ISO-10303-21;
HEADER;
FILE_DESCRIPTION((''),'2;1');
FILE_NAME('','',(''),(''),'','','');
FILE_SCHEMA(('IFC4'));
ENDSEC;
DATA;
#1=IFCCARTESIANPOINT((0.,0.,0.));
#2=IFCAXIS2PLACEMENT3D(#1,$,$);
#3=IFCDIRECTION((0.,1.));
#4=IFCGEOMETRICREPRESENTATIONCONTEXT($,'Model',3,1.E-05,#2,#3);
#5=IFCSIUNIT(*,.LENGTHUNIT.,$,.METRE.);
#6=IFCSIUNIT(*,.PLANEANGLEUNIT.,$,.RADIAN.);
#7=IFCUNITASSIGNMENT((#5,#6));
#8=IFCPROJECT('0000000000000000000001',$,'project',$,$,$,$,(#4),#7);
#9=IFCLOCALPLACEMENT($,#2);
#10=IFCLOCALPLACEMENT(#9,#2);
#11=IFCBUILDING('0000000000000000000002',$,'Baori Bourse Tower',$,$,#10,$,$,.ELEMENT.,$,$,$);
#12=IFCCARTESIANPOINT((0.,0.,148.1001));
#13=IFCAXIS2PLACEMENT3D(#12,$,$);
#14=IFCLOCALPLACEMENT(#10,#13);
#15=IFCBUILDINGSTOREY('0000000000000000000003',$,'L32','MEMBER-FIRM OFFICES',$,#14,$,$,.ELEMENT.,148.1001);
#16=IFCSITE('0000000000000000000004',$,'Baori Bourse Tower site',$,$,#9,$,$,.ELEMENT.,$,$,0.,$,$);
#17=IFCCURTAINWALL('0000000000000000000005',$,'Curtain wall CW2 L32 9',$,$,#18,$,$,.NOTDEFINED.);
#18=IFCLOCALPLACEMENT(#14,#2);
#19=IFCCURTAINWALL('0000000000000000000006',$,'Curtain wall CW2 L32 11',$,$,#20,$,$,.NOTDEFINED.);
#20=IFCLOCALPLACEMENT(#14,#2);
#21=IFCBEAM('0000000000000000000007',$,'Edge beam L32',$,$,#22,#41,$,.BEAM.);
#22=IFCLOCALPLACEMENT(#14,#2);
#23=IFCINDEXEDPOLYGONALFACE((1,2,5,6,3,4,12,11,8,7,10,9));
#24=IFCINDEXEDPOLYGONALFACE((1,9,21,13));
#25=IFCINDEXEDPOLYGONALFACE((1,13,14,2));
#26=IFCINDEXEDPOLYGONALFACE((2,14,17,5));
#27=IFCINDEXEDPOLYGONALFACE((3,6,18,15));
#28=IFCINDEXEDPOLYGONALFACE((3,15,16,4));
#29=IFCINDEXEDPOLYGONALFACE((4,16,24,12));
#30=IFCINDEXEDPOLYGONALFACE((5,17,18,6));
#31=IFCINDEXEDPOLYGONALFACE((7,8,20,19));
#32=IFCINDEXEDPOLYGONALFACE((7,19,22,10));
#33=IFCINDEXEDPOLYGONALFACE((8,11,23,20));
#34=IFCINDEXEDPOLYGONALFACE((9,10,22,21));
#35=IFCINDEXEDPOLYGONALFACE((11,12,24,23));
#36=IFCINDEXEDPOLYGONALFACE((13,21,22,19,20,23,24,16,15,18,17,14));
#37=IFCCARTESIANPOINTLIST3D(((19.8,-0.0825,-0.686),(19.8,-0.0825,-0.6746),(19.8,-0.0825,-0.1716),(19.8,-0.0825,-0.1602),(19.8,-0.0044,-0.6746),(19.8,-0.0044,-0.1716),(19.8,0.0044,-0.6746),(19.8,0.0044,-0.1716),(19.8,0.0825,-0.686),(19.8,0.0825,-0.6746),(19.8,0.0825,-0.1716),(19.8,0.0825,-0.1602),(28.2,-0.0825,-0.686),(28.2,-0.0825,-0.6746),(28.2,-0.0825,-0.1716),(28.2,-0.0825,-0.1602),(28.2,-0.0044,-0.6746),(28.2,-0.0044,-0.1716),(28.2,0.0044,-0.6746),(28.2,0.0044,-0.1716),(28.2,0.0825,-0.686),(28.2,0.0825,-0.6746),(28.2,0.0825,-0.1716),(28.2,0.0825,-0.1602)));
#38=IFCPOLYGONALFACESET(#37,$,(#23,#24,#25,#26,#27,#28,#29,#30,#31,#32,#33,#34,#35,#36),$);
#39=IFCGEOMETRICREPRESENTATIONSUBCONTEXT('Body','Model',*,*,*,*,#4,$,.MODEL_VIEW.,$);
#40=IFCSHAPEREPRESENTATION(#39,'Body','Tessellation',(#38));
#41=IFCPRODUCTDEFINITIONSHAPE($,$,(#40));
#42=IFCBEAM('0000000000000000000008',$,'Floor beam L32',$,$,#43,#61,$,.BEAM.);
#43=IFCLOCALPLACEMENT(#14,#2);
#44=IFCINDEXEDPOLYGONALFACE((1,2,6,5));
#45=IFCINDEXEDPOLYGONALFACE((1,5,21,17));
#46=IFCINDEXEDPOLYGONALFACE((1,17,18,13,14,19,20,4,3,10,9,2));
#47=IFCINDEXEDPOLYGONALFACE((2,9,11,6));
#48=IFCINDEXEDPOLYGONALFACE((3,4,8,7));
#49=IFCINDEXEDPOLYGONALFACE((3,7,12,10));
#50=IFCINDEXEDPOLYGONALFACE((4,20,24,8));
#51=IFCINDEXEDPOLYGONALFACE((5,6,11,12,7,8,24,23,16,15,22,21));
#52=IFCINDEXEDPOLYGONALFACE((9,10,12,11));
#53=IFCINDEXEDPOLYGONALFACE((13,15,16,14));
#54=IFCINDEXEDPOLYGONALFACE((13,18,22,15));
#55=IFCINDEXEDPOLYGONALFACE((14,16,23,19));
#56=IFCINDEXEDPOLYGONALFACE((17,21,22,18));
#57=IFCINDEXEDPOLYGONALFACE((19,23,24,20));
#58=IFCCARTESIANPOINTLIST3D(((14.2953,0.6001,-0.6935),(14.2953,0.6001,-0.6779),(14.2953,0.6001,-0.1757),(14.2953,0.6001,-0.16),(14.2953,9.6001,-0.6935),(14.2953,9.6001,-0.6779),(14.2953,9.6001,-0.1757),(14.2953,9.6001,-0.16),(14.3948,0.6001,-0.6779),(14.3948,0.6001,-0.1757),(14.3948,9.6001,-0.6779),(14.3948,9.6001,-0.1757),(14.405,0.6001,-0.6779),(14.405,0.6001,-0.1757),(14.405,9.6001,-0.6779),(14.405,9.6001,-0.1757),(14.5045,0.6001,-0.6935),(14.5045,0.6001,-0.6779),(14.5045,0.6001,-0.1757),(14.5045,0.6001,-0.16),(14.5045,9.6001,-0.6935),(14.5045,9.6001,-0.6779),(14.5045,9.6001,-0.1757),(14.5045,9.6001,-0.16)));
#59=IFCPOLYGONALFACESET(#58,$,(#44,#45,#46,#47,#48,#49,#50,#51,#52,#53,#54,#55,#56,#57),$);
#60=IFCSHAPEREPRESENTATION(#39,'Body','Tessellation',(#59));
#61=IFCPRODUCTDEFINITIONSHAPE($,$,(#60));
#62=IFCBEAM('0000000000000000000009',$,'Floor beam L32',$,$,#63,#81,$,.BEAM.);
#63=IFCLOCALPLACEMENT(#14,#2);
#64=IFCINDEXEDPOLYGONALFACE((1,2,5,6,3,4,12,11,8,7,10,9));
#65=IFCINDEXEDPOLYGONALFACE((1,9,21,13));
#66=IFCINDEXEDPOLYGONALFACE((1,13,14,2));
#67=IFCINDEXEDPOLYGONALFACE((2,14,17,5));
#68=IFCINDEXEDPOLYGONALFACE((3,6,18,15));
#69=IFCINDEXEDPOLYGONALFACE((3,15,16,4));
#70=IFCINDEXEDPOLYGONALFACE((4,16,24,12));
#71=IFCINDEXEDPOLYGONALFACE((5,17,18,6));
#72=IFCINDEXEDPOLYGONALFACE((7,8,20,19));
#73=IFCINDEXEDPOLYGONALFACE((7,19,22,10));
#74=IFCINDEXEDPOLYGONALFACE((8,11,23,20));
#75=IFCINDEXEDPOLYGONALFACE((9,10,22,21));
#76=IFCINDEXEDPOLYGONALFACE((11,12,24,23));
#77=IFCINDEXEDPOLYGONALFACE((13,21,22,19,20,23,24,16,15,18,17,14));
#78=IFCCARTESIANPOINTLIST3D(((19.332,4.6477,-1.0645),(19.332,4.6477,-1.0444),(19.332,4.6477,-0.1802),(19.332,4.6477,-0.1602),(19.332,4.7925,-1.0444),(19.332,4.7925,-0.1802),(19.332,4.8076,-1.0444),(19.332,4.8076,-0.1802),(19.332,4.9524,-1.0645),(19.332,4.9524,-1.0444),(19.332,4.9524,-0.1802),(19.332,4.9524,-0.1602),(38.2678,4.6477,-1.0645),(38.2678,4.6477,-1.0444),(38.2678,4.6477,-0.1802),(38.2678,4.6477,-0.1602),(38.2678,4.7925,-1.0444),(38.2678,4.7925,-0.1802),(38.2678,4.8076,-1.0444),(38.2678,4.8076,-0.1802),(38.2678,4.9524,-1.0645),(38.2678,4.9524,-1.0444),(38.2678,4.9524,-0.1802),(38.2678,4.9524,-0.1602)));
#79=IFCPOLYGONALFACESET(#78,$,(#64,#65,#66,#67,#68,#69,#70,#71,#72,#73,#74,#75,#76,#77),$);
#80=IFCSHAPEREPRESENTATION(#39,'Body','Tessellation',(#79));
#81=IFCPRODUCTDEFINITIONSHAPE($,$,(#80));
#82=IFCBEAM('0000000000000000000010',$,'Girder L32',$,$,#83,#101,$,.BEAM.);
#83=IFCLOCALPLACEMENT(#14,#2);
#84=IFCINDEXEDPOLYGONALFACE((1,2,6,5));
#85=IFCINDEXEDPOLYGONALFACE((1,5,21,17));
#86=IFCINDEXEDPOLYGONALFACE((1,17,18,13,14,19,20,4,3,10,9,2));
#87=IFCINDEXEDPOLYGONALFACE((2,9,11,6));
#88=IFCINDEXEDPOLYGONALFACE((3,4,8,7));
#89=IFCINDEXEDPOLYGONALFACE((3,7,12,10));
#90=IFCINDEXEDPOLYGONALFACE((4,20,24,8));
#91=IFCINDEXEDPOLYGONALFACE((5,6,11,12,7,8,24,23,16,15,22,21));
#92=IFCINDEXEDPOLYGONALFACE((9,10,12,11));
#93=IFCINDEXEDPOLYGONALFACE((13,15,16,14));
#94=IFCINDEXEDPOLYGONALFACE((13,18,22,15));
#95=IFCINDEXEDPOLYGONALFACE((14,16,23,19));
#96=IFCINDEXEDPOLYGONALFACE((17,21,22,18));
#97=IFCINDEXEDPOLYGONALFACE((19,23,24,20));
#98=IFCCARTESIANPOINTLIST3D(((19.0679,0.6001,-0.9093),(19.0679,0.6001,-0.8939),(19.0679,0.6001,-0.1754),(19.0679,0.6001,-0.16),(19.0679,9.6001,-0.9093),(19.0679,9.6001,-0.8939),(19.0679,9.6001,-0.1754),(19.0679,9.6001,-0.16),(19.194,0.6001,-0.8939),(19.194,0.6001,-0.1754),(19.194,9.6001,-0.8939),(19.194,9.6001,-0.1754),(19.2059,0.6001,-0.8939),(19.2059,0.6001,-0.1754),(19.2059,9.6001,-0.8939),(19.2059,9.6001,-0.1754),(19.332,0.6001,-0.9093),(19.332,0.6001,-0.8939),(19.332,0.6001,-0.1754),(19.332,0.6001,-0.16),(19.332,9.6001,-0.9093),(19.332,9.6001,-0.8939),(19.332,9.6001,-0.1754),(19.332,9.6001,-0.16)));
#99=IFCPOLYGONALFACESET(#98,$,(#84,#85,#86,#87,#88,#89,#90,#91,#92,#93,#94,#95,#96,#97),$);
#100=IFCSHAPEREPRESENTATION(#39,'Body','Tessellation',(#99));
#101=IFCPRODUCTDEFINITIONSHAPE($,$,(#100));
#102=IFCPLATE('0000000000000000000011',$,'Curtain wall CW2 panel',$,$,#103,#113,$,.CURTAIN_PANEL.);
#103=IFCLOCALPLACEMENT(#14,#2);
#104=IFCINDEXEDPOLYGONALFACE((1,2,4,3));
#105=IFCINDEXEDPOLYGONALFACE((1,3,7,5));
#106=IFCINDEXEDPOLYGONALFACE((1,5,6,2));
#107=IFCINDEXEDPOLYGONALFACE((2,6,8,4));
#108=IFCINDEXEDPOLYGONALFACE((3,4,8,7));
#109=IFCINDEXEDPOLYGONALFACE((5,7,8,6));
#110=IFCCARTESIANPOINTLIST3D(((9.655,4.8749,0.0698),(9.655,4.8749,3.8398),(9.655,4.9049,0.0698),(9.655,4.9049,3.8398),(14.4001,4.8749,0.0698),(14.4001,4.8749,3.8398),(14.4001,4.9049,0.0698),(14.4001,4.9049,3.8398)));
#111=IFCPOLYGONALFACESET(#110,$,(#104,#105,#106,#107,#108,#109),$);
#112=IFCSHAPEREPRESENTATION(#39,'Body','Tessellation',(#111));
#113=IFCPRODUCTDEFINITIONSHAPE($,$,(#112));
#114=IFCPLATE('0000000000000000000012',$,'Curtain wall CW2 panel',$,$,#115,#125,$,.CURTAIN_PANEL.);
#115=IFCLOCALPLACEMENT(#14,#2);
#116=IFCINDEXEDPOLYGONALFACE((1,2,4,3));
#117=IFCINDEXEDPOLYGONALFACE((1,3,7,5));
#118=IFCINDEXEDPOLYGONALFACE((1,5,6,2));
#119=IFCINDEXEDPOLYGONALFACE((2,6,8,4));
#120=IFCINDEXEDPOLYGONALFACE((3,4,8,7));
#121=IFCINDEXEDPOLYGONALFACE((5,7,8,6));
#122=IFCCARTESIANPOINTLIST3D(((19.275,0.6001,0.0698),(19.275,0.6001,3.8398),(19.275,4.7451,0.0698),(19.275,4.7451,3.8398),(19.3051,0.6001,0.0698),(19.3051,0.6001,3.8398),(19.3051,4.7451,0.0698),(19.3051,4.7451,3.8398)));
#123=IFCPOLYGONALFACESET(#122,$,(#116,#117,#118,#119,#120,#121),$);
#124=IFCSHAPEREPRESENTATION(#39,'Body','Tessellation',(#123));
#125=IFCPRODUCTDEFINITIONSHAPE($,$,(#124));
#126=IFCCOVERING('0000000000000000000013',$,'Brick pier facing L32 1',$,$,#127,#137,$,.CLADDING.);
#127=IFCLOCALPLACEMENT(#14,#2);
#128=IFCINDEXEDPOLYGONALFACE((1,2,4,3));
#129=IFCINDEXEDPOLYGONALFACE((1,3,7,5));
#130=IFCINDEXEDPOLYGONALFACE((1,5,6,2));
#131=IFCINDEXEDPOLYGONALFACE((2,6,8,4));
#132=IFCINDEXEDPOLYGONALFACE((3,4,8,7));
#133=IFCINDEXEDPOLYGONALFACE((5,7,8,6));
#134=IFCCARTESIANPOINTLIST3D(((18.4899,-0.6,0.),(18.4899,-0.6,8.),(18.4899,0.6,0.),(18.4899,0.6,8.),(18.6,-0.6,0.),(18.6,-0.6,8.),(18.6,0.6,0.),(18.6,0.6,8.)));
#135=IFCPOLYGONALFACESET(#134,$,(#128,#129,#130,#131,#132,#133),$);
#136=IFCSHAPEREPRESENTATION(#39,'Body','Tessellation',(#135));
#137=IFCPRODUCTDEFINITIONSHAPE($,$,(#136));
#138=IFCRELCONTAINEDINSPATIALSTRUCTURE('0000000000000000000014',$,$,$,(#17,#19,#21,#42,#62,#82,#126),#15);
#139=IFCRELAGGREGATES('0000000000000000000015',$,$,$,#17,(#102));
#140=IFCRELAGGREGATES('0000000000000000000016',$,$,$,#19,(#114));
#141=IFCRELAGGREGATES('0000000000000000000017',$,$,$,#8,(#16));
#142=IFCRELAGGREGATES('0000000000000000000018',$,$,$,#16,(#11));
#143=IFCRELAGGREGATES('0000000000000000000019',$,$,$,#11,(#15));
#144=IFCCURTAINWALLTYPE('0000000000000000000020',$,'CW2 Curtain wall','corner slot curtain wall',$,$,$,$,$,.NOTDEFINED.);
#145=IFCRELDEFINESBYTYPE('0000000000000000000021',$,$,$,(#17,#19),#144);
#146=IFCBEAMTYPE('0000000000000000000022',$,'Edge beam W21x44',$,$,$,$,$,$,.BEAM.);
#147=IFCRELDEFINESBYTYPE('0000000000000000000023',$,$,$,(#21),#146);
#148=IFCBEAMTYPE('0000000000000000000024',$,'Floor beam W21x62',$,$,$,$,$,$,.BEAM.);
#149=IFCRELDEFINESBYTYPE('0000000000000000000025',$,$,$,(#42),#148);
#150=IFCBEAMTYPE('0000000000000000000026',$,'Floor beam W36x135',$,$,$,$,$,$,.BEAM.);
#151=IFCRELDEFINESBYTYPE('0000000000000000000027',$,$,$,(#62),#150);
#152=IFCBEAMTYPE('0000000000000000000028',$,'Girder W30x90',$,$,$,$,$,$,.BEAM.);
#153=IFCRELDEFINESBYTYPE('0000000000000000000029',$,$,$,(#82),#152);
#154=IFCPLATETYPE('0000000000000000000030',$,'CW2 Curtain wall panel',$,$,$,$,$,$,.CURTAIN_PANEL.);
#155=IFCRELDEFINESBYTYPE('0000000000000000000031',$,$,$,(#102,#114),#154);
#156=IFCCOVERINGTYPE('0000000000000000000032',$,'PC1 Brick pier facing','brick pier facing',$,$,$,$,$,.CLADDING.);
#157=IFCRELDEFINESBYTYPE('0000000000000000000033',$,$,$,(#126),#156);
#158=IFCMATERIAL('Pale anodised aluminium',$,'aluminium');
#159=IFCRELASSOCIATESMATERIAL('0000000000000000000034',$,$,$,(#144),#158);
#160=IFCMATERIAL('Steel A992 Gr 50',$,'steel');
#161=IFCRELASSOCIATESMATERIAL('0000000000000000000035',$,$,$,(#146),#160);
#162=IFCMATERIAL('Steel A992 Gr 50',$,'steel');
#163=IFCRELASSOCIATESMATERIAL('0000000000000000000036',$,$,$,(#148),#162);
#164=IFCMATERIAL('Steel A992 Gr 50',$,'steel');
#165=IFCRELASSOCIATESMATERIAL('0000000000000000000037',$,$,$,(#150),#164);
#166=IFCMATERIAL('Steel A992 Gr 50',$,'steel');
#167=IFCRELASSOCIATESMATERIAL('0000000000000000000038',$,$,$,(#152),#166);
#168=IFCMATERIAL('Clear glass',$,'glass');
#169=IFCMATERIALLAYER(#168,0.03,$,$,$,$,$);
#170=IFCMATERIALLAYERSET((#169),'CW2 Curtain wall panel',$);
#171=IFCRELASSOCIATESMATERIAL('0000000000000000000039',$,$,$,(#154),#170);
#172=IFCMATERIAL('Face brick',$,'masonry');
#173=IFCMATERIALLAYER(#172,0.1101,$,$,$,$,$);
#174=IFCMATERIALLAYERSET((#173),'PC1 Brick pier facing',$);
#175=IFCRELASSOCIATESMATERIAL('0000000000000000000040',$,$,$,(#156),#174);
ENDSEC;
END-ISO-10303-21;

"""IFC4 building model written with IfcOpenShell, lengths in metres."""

from ifc_helpers import new_model, si_unit, direction, frame, origin, origin_2d, place, context, subcontext, project, spatial, rectangle, i_section, extrude, material, layer, layer_set, material_profile, profile_set, type_object, element, aggregate, save


model = new_model("IFC4")

# Units and contexts
model_context = context("Model", 3, precision=1e-05, world=origin(), true_north=direction((0.0, 1.0)))
body_context = subcontext(model_context, "Body", "Model", "MODEL_VIEW")
ifc_project = project(units=[si_unit("LENGTHUNIT", "METRE"), si_unit("PLANEANGLEUNIT", "RADIAN")], contexts=[model_context])

# Site, building, storey
site_placement = place(None, origin())
site = spatial("IfcSite", under=ifc_project, at=site_placement, Name="Baori Bourse Tower site", CompositionType="ELEMENT", RefElevation=0.0)
building_placement = place(site_placement, origin())
building = spatial("IfcBuilding", under=site, at=building_placement, Name="Baori Bourse Tower", CompositionType="ELEMENT")
storey_placement = place(building_placement, frame((0.0, 0.0, 148.1001)))
storey = spatial("IfcBuildingStorey", under=building, at=storey_placement, Name="L32", Description="MEMBER-FIRM OFFICES", CompositionType="ELEMENT", Elevation=148.1001)

# Curtain walls
ifc_material_1 = material(Name="Pale anodised aluminium", Category="aluminium")
curtain_wall_type_1 = type_object("IfcCurtainWallType", Name="CW2 Curtain wall", Description="corner slot curtain wall", PredefinedType="NOTDEFINED", material=ifc_material_1)
curtain_wall_1_placement = place(storey_placement, origin())
curtain_wall_1 = element("IfcCurtainWall", 1, at=curtain_wall_1_placement, inside=storey, type_object=curtain_wall_type_1, Name="Curtain wall CW2 L32 9", PredefinedType="NOTDEFINED")
curtain_wall_2_placement = place(storey_placement, origin())
curtain_wall_2 = element("IfcCurtainWall", 2, at=curtain_wall_2_placement, inside=storey, type_object=curtain_wall_type_1, Name="Curtain wall CW2 L32 11", PredefinedType="NOTDEFINED")

# Beams
ifc_material_2 = material(Name="Steel A992 Gr 50", Category="steel")
ifc_material_profile_1 = material_profile(ifc_material_2, i_section(OverallWidth=0.165, OverallDepth=0.5259, WebThickness=0.0088, FlangeThickness=0.0115, at=origin_2d()), Name="W21x44")
ifc_profile_set_1 = profile_set([ifc_material_profile_1], Name="Steel A992 Gr 50")
beam_type_1 = type_object("IfcBeamType", Name="Edge beam W21x44", PredefinedType="BEAM", material=ifc_profile_set_1)
beam_1_placement = place(storey_placement, frame((19.8, 0.0, -0.4231), z_axis=(1.0, 0.0, 0.0), x_axis=(0.0, 1.0, 0.0)))
element("IfcBeam", 3, at=beam_1_placement, inside=storey, type_object=beam_type_1, Name="Edge beam L32", PredefinedType="BEAM", context=body_context, shape_type="SweptSolid", body=[
    extrude(i_section(OverallWidth=0.165, OverallDepth=0.5259, WebThickness=0.0088, FlangeThickness=0.0115, at=origin_2d()), origin(), (0.0, 0.0, 1.0), 8.3999),
])
ifc_material_3 = material(Name="Steel A992 Gr 50", Category="steel")
ifc_material_profile_2 = material_profile(ifc_material_3, i_section(OverallWidth=0.2092, OverallDepth=0.5334, WebThickness=0.0103, FlangeThickness=0.0156, at=origin_2d()), Name="W21x62")
ifc_profile_set_2 = profile_set([ifc_material_profile_2], Name="Steel A992 Gr 50")
beam_type_2 = type_object("IfcBeamType", Name="Floor beam W21x62", PredefinedType="BEAM", material=ifc_profile_set_2)
beam_2_placement = place(storey_placement, frame((14.3999, 0.6001, -0.4268), z_axis=(0.0, 1.0, 0.0), x_axis=(-1.0, 0.0, 0.0)))
element("IfcBeam", 4, at=beam_2_placement, inside=storey, type_object=beam_type_2, Name="Floor beam L32", PredefinedType="BEAM", context=body_context, shape_type="SweptSolid", body=[
    extrude(i_section(OverallWidth=0.2092, OverallDepth=0.5334, WebThickness=0.0103, FlangeThickness=0.0156, at=origin_2d()), origin(), (0.0, 0.0, 1.0), 9.0),
])
ifc_material_4 = material(Name="Steel A992 Gr 50", Category="steel")
ifc_material_profile_3 = material_profile(ifc_material_4, i_section(OverallWidth=0.3047, OverallDepth=0.9043, WebThickness=0.0151, FlangeThickness=0.02, at=origin_2d()), Name="W36x135")
ifc_profile_set_3 = profile_set([ifc_material_profile_3], Name="Steel A992 Gr 50")
beam_type_3 = type_object("IfcBeamType", Name="Floor beam W36x135", PredefinedType="BEAM", material=ifc_profile_set_3)
beam_3_placement = place(storey_placement, frame((19.332, 4.8, -0.6123), z_axis=(1.0, 0.0, 0.0), x_axis=(0.0, 1.0, 0.0)))
element("IfcBeam", 5, at=beam_3_placement, inside=storey, type_object=beam_type_3, Name="Floor beam L32", PredefinedType="BEAM", context=body_context, shape_type="SweptSolid", body=[
    extrude(i_section(OverallWidth=0.3047, OverallDepth=0.9043, WebThickness=0.0151, FlangeThickness=0.02, at=origin_2d()), origin(), (0.0, 0.0, 1.0), 18.9358),
])
ifc_material_5 = material(Name="Steel A992 Gr 50", Category="steel")
ifc_material_profile_4 = material_profile(ifc_material_5, i_section(OverallWidth=0.2642, OverallDepth=0.7493, WebThickness=0.012, FlangeThickness=0.0154, at=origin_2d()), Name="W30x90")
ifc_profile_set_4 = profile_set([ifc_material_profile_4], Name="Steel A992 Gr 50")
beam_type_4 = type_object("IfcBeamType", Name="Girder W30x90", PredefinedType="BEAM", material=ifc_profile_set_4)
beam_4_placement = place(storey_placement, frame((19.2, 0.6001, -0.5347), z_axis=(0.0, 1.0, 0.0), x_axis=(-1.0, 0.0, 0.0)))
element("IfcBeam", 6, at=beam_4_placement, inside=storey, type_object=beam_type_4, Name="Girder L32", PredefinedType="BEAM", context=body_context, shape_type="SweptSolid", body=[
    extrude(i_section(OverallWidth=0.2642, OverallDepth=0.7493, WebThickness=0.012, FlangeThickness=0.0154, at=origin_2d()), origin(), (0.0, 0.0, 1.0), 9.0),
])

# Plates
ifc_material_6 = material(Name="Clear glass", Category="glass")
ifc_layer_1 = layer(ifc_material_6, 0.03)
ifc_layer_set_1 = layer_set([ifc_layer_1], Name="CW2 Curtain wall panel")
plate_type = type_object("IfcPlateType", Name="CW2 Curtain wall panel", PredefinedType="CURTAIN_PANEL", material=ifc_layer_set_1)
plate_1_placement = place(storey_placement, frame((12.0276, 4.8899, 0.0698), z_axis=(0.0, 0.0, 1.0), x_axis=(1.0, 0.0, 0.0)))
plate_1 = element("IfcPlate", 7, at=plate_1_placement, type_object=plate_type, Name="Curtain wall CW2 panel", PredefinedType="CURTAIN_PANEL", context=body_context, shape_type="SweptSolid", body=[
    extrude(rectangle(XDim=4.7451, YDim=0.03, at=origin_2d()), origin(), (0.0, 0.0, 1.0), 3.77),
])
aggregate(curtain_wall_1, [plate_1])
plate_2_placement = place(storey_placement, frame((19.29, 2.6726, 0.0698), z_axis=(0.0, 0.0, 1.0), x_axis=(0.0, -1.0, 0.0)))
plate_2 = element("IfcPlate", 8, at=plate_2_placement, type_object=plate_type, Name="Curtain wall CW2 panel", PredefinedType="CURTAIN_PANEL", context=body_context, shape_type="SweptSolid", body=[
    extrude(rectangle(XDim=4.145, YDim=0.03, at=origin_2d()), origin(), (0.0, 0.0, 1.0), 3.77),
])
aggregate(curtain_wall_2, [plate_2])

# Covering
ifc_material_7 = material(Name="Face brick", Category="masonry")
ifc_layer_2 = layer(ifc_material_7, 0.1101)
ifc_layer_set_2 = layer_set([ifc_layer_2], Name="PC1 Brick pier facing")
covering_type = type_object("IfcCoveringType", Name="PC1 Brick pier facing", Description="brick pier facing", PredefinedType="CLADDING", material=ifc_layer_set_2)
covering_placement = place(storey_placement, frame((18.5449, 0.0, 0.0), z_axis=(0.0, 0.0, 1.0), x_axis=(1.0, 0.0, 0.0)))
element("IfcCovering", 9, at=covering_placement, inside=storey, type_object=covering_type, Name="Brick pier facing L32 1", PredefinedType="CLADDING", context=body_context, shape_type="SweptSolid", body=[
    extrude(rectangle(XDim=0.1101, YDim=1.2, at=origin_2d()), origin(), (0.0, 0.0, 1.0), 8.0),
])

save(model, "model.ifc")
